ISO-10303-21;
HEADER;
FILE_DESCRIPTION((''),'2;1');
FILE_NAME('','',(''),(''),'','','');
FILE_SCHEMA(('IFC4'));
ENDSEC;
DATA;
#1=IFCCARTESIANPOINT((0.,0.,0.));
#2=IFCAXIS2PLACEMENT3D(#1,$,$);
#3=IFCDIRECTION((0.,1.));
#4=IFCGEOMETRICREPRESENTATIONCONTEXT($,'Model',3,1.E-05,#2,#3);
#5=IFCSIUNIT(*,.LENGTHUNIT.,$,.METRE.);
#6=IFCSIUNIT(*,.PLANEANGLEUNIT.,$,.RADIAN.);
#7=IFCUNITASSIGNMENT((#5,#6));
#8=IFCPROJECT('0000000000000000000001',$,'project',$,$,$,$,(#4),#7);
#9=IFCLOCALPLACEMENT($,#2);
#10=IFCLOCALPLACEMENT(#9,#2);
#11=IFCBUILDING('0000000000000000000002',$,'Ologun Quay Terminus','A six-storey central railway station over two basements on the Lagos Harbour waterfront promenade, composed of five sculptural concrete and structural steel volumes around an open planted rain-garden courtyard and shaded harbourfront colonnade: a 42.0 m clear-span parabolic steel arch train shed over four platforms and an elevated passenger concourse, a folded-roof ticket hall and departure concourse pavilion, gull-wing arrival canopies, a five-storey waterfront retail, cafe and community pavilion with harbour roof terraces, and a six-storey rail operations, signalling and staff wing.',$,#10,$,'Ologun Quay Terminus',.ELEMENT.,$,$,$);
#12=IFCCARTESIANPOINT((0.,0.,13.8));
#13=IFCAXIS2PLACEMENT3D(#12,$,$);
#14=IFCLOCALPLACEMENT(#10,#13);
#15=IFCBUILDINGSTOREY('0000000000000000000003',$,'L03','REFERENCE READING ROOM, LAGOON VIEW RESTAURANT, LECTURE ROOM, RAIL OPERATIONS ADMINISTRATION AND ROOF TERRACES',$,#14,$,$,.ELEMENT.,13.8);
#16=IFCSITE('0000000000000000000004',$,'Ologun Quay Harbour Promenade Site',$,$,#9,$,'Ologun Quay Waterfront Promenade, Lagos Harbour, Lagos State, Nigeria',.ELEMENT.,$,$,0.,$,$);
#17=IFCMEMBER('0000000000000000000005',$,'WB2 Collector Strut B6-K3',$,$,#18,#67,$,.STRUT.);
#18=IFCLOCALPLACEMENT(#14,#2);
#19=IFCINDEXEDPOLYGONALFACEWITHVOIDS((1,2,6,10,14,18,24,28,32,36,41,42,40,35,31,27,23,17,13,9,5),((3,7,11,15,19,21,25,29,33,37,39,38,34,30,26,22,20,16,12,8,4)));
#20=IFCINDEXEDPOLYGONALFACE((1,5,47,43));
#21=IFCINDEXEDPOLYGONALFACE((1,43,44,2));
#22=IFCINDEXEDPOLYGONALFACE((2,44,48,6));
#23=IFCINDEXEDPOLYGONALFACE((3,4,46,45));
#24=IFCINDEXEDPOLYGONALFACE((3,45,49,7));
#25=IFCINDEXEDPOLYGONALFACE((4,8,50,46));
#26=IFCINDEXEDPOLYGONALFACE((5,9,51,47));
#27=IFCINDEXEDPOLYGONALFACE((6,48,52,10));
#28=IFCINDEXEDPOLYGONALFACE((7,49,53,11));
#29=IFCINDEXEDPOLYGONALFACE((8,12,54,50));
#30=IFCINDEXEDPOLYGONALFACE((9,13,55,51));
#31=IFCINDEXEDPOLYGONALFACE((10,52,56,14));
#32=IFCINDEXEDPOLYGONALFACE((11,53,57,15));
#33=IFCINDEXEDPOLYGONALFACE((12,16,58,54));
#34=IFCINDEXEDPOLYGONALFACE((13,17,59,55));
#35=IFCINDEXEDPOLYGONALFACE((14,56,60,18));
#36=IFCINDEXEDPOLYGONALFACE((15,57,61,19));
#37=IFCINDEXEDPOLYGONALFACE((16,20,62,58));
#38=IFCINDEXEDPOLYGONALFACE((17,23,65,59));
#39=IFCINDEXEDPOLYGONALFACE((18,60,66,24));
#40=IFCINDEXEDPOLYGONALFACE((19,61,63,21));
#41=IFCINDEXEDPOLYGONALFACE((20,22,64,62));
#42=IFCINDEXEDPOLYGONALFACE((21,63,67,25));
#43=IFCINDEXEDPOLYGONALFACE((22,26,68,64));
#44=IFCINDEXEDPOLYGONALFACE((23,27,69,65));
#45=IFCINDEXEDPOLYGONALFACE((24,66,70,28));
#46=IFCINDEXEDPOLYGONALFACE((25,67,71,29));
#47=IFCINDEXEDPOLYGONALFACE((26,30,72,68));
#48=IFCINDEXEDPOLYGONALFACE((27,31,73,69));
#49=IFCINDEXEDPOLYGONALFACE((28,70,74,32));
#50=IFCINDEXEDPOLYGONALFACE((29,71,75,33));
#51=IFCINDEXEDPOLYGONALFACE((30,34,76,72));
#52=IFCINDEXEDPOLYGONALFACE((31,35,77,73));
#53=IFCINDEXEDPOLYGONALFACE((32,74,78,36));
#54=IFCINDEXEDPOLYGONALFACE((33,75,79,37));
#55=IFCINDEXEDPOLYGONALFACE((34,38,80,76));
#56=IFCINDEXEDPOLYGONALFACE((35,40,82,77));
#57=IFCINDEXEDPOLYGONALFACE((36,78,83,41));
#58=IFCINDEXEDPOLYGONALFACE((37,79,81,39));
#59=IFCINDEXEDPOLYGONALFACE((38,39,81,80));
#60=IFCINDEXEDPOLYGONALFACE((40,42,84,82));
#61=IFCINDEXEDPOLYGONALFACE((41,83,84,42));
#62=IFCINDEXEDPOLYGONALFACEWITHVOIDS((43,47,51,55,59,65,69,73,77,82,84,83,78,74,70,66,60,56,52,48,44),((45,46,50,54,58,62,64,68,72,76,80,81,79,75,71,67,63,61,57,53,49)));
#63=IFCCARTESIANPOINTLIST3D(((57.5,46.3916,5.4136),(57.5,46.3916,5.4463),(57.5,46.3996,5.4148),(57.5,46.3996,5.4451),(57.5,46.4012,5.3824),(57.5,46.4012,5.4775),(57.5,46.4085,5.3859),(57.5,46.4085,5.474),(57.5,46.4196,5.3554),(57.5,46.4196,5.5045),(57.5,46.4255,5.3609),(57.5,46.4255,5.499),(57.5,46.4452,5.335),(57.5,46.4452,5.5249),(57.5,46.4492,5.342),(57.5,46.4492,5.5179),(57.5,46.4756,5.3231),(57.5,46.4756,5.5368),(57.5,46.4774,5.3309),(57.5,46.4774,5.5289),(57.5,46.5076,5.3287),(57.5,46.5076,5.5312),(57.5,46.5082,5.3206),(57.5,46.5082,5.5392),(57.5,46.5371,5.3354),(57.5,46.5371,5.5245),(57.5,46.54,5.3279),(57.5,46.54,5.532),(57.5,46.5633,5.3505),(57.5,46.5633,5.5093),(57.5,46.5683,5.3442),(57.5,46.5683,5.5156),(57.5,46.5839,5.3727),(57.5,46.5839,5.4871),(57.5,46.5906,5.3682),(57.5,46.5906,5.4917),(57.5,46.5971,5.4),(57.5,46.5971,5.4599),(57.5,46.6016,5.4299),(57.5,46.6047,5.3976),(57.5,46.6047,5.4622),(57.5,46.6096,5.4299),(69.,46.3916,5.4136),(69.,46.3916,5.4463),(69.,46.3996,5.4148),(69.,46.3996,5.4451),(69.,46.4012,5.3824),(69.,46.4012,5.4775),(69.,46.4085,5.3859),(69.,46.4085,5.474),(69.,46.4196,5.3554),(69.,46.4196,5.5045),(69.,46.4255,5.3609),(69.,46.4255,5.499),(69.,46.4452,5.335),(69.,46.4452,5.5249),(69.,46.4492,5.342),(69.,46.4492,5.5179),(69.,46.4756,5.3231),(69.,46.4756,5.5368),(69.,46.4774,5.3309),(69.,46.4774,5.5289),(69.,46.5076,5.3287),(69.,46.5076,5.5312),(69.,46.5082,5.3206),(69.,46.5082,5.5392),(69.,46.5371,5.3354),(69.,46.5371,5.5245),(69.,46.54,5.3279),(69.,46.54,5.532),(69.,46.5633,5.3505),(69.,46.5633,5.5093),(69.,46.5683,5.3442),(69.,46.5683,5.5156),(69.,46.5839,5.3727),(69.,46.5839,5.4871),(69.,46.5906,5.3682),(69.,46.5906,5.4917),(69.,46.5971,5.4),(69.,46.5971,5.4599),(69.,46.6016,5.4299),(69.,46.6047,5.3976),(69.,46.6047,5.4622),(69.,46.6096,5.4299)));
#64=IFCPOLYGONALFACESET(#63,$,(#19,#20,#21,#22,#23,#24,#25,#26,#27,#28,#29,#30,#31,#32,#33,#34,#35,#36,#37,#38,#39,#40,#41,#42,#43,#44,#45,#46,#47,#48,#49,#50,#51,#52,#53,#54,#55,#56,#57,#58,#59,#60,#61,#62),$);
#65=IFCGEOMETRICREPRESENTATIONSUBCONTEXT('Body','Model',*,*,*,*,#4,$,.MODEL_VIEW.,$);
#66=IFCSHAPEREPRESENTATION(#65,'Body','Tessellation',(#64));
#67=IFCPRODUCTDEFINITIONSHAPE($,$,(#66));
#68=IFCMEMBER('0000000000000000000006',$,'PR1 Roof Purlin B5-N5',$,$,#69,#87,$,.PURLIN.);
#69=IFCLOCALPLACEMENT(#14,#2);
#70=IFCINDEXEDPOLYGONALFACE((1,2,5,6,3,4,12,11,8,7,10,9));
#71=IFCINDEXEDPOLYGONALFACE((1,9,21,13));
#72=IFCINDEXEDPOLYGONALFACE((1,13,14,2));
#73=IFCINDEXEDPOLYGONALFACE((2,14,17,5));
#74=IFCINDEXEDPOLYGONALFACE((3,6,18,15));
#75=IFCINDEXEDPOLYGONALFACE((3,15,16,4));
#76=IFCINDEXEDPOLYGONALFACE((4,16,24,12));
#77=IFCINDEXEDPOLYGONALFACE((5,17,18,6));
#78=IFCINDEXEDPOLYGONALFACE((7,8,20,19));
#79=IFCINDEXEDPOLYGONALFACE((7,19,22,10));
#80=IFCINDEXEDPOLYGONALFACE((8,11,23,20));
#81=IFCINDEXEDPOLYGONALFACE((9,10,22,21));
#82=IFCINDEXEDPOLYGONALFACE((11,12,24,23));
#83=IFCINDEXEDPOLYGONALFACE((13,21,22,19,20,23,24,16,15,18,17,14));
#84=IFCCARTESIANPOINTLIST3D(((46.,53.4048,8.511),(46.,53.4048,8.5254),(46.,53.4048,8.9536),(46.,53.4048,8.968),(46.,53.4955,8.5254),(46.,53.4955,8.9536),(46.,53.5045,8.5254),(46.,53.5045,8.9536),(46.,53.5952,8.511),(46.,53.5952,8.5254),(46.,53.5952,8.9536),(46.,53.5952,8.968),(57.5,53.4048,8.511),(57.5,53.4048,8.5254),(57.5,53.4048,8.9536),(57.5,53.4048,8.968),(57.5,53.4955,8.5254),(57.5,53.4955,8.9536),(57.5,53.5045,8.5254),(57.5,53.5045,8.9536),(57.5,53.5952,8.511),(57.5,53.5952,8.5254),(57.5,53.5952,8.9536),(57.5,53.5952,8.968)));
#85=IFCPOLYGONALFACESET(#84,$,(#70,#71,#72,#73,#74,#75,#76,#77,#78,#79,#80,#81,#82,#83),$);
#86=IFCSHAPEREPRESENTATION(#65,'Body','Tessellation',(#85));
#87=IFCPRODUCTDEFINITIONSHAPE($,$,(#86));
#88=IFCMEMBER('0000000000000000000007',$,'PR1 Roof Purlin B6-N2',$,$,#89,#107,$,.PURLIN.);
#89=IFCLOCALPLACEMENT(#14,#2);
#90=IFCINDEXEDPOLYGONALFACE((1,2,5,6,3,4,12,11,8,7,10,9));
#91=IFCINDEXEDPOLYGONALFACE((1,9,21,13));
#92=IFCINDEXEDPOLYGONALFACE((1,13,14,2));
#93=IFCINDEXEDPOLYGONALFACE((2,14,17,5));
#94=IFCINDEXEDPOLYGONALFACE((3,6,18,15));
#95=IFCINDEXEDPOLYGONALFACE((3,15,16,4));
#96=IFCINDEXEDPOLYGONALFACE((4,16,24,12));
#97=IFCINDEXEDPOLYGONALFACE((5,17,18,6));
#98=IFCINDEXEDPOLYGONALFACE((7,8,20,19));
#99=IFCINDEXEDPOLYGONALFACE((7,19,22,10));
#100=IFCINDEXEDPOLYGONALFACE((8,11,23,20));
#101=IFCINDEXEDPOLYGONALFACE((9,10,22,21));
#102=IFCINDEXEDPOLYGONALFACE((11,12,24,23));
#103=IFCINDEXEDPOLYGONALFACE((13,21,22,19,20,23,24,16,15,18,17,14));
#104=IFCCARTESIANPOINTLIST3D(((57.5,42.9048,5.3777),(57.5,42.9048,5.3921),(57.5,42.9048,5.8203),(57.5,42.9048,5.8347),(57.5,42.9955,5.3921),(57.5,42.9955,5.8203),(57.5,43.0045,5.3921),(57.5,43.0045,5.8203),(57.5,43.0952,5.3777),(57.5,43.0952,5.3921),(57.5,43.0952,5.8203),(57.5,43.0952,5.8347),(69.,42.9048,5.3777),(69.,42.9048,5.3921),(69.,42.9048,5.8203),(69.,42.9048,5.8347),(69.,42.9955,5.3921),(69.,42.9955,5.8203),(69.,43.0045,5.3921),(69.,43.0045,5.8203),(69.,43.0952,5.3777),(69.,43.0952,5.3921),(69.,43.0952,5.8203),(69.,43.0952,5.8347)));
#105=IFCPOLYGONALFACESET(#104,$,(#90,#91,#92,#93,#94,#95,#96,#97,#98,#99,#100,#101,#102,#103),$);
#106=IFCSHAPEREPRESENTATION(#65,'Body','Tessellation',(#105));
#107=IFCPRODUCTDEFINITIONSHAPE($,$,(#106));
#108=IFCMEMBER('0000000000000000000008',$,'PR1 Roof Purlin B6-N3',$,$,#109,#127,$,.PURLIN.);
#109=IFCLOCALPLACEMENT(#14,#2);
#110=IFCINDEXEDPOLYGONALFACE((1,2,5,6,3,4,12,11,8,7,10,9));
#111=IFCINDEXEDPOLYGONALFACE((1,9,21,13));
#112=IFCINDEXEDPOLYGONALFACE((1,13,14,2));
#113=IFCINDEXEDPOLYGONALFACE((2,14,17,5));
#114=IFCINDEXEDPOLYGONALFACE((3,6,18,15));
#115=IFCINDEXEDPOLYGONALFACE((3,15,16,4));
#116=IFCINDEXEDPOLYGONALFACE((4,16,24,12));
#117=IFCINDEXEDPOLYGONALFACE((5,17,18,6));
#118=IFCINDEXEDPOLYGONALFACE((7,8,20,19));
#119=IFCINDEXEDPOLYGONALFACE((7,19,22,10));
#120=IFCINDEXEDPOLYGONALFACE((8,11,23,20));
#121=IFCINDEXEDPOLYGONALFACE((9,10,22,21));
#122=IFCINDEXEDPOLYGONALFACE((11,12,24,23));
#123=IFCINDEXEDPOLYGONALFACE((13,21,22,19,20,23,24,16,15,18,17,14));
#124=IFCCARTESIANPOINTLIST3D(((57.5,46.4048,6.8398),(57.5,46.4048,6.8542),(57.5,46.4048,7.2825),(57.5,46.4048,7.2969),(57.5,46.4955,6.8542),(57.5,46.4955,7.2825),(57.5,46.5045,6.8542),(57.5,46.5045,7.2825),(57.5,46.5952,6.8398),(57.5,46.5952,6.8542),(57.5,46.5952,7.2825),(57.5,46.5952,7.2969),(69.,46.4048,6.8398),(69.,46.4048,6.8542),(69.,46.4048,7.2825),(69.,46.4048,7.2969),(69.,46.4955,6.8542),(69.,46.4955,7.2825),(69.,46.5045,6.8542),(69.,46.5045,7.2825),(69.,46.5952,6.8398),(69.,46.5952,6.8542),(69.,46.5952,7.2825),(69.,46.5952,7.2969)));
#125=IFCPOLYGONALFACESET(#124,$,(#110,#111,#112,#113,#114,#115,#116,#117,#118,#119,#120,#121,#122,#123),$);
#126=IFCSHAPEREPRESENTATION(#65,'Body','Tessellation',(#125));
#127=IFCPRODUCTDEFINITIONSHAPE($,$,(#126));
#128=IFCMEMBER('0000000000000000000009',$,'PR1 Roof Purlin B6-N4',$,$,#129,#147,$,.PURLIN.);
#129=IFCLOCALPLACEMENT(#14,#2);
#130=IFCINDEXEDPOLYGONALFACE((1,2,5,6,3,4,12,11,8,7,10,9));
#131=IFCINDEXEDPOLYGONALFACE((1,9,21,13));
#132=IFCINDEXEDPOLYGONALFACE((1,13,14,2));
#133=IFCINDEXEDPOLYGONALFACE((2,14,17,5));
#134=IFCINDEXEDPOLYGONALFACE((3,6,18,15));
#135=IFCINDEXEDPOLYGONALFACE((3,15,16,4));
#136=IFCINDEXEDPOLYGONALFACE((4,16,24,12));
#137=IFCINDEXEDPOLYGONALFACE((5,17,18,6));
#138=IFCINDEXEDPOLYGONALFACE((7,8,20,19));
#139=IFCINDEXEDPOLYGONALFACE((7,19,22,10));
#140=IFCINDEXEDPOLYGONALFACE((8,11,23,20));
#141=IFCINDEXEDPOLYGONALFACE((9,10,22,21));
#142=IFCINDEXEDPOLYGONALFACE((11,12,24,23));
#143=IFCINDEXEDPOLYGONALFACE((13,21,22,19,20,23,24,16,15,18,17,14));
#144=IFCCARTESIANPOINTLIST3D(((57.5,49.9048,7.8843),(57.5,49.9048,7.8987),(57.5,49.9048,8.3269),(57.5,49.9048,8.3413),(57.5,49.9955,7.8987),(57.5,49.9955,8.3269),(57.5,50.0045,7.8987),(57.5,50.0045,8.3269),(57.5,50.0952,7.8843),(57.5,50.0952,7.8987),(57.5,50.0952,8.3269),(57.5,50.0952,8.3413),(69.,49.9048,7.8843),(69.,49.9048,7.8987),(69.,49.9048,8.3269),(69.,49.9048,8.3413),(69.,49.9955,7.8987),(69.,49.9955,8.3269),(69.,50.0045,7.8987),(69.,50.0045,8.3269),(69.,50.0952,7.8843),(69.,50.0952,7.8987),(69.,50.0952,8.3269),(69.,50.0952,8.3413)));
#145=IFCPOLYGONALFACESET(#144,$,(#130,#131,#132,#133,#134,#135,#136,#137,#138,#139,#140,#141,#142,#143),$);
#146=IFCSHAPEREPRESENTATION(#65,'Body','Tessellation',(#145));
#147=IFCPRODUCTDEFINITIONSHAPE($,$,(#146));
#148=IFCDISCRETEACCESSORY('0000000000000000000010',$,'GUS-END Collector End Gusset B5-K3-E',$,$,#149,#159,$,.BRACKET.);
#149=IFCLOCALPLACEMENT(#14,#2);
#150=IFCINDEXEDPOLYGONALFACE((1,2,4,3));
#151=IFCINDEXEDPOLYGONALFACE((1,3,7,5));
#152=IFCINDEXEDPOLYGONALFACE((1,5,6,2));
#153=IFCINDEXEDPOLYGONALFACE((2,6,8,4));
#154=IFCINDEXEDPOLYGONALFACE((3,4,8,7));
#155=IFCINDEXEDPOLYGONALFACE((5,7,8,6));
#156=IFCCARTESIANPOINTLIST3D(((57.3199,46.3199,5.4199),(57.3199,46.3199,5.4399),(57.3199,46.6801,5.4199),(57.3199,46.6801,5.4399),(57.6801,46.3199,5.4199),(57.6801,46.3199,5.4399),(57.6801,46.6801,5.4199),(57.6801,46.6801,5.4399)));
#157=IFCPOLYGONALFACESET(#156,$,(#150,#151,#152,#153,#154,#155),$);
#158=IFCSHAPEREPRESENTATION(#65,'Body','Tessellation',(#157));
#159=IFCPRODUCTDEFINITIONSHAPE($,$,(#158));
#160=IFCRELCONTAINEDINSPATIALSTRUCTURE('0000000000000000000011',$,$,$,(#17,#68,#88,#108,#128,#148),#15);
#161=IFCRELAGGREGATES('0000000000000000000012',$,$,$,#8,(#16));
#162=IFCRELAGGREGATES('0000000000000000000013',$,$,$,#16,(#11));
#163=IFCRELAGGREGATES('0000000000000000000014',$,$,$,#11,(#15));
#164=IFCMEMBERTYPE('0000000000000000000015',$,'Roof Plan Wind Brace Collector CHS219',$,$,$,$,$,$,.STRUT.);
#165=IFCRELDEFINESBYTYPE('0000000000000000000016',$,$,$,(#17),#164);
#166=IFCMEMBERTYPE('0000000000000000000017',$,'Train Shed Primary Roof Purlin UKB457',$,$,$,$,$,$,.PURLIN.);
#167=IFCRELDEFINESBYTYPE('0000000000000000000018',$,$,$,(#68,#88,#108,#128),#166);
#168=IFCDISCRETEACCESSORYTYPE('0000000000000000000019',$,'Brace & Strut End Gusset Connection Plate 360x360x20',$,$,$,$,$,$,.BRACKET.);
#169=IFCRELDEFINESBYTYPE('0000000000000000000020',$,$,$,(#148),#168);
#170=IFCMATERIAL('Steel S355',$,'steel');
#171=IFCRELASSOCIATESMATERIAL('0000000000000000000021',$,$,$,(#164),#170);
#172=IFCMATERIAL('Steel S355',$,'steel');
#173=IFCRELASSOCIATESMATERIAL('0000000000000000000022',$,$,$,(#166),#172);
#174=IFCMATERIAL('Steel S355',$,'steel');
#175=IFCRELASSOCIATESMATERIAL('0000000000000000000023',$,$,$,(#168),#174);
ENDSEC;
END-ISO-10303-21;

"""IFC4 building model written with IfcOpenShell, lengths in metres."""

from ifc_helpers import new_model, si_unit, direction, frame, origin, origin_2d, place, context, subcontext, project, spatial, rectangle, hollow_circle, i_section, extrude, material, material_profile, profile_set, type_object, element, save


model = new_model("IFC4")

# Units and contexts
model_context = context("Model", 3, precision=1e-05, world=origin(), true_north=direction((0.0, 1.0)))
body_context = subcontext(model_context, "Body", "Model", "MODEL_VIEW")
ifc_project = project(units=[si_unit("LENGTHUNIT", "METRE"), si_unit("PLANEANGLEUNIT", "RADIAN")], contexts=[model_context])

# Site, building, storey
site_placement = place(None, origin())
site = spatial("IfcSite", under=ifc_project, at=site_placement, Name="Ologun Quay Harbour Promenade Site", LongName="Ologun Quay Waterfront Promenade, Lagos Harbour, Lagos State, Nigeria", CompositionType="ELEMENT", RefElevation=0.0)
building_placement = place(site_placement, origin())
building = spatial("IfcBuilding", under=site, at=building_placement, Name="Ologun Quay Terminus", Description="A six-storey central railway station over two basements on the Lagos Harbour waterfront promenade, composed of five sculptural concrete and structural steel volumes around an open planted rain-garden courtyard and shaded harbourfront colonnade: a 42.0 m clear-span parabolic steel arch train shed over four platforms and an elevated passenger concourse, a folded-roof ticket hall and departure concourse pavilion, gull-wing arrival canopies, a five-storey waterfront retail, cafe and community pavilion with harbour roof terraces, and a six-storey rail operations, signalling and staff wing.", LongName="Ologun Quay Terminus", CompositionType="ELEMENT")
storey_placement = place(building_placement, frame((0.0, 0.0, 13.8)))
storey = spatial("IfcBuildingStorey", under=building, at=storey_placement, Name="L03", Description="REFERENCE READING ROOM, LAGOON VIEW RESTAURANT, LECTURE ROOM, RAIL OPERATIONS ADMINISTRATION AND ROOF TERRACES", CompositionType="ELEMENT", Elevation=13.8)

# Members
ifc_material_1 = material(Name="Steel S355", Category="steel")
ifc_material_profile_1 = material_profile(ifc_material_1, hollow_circle(Radius=0.1096, WallThickness=0.0081, at=origin_2d()), Name="CHS 219.1x8")
ifc_profile_set_1 = profile_set([ifc_material_profile_1], Name="Steel S355")
member_type_1 = type_object("IfcMemberType", Name="Roof Plan Wind Brace Collector CHS219", PredefinedType="STRUT", material=ifc_profile_set_1)
member_1_placement = place(storey_placement, frame((57.5, 46.5, 5.4299), z_axis=(1.0, 0.0, 0.0), x_axis=(0.0, 1.0, 0.0)))
element("IfcMember", 1, at=member_1_placement, inside=storey, type_object=member_type_1, Name="WB2 Collector Strut B6-K3", PredefinedType="STRUT", context=body_context, shape_type="SweptSolid", body=[
    extrude(hollow_circle(Radius=0.1096, WallThickness=0.0081, at=origin_2d()), origin(), (0.0, 0.0, 1.0), 11.5),
])
ifc_material_2 = material(Name="Steel S355", Category="steel")
ifc_material_profile_2 = material_profile(ifc_material_2, i_section(OverallWidth=0.1904, OverallDepth=0.457, WebThickness=0.009, FlangeThickness=0.0144, at=origin_2d()), Name="UKB 457x191x74")
ifc_profile_set_2 = profile_set([ifc_material_profile_2], Name="Steel S355")
member_type_2 = type_object("IfcMemberType", Name="Train Shed Primary Roof Purlin UKB457", PredefinedType="PURLIN", material=ifc_profile_set_2)
for number, where, z_axis, x_axis, name in (
    (2, (46.0, 53.5, 8.7395), (1.0, 0.0, 0.0), (0.0, 1.0, 0.0), "PR1 Roof Purlin B5-N5"),
    (3, (57.5, 43.0, 5.6062), (1.0, 0.0, 0.0), (0.0, 1.0, 0.0), "PR1 Roof Purlin B6-N2"),
    (4, (57.5, 46.5, 7.0684), (1.0, 0.0, 0.0), (0.0, 1.0, 0.0), "PR1 Roof Purlin B6-N3"),
    (5, (57.5, 50.0, 8.1128), (1.0, 0.0, 0.0), (0.0, 1.0, 0.0), "PR1 Roof Purlin B6-N4"),
):
    element("IfcMember", number, at=place(storey_placement, frame(where, z_axis=z_axis, x_axis=x_axis)), inside=storey, type_object=member_type_2, Name=name, PredefinedType="PURLIN", context=body_context, shape_type="SweptSolid", body=[
        extrude(i_section(OverallWidth=0.1904, OverallDepth=0.457, WebThickness=0.009, FlangeThickness=0.0144, at=origin_2d()), origin(), (0.0, 0.0, 1.0), 11.5),
    ])

# Discrete accessory
ifc_material_3 = material(Name="Steel S355", Category="steel")
discrete_accessory_type = type_object("IfcDiscreteAccessoryType", Name="Brace & Strut End Gusset Connection Plate 360x360x20", PredefinedType="BRACKET", material=ifc_material_3)
discrete_accessory_placement = place(storey_placement, frame((57.5, 46.5, 5.4199), z_axis=(0.0, 0.0, 1.0), x_axis=(1.0, 0.0, 0.0)))
element("IfcDiscreteAccessory", 6, at=discrete_accessory_placement, inside=storey, type_object=discrete_accessory_type, Name="GUS-END Collector End Gusset B5-K3-E", PredefinedType="BRACKET", context=body_context, shape_type="SweptSolid", body=[
    extrude(rectangle(XDim=0.3601, YDim=0.3601, at=origin_2d()), origin(), (0.0, 0.0, 1.0), 0.02),
])

save(model, "model.ifc")
